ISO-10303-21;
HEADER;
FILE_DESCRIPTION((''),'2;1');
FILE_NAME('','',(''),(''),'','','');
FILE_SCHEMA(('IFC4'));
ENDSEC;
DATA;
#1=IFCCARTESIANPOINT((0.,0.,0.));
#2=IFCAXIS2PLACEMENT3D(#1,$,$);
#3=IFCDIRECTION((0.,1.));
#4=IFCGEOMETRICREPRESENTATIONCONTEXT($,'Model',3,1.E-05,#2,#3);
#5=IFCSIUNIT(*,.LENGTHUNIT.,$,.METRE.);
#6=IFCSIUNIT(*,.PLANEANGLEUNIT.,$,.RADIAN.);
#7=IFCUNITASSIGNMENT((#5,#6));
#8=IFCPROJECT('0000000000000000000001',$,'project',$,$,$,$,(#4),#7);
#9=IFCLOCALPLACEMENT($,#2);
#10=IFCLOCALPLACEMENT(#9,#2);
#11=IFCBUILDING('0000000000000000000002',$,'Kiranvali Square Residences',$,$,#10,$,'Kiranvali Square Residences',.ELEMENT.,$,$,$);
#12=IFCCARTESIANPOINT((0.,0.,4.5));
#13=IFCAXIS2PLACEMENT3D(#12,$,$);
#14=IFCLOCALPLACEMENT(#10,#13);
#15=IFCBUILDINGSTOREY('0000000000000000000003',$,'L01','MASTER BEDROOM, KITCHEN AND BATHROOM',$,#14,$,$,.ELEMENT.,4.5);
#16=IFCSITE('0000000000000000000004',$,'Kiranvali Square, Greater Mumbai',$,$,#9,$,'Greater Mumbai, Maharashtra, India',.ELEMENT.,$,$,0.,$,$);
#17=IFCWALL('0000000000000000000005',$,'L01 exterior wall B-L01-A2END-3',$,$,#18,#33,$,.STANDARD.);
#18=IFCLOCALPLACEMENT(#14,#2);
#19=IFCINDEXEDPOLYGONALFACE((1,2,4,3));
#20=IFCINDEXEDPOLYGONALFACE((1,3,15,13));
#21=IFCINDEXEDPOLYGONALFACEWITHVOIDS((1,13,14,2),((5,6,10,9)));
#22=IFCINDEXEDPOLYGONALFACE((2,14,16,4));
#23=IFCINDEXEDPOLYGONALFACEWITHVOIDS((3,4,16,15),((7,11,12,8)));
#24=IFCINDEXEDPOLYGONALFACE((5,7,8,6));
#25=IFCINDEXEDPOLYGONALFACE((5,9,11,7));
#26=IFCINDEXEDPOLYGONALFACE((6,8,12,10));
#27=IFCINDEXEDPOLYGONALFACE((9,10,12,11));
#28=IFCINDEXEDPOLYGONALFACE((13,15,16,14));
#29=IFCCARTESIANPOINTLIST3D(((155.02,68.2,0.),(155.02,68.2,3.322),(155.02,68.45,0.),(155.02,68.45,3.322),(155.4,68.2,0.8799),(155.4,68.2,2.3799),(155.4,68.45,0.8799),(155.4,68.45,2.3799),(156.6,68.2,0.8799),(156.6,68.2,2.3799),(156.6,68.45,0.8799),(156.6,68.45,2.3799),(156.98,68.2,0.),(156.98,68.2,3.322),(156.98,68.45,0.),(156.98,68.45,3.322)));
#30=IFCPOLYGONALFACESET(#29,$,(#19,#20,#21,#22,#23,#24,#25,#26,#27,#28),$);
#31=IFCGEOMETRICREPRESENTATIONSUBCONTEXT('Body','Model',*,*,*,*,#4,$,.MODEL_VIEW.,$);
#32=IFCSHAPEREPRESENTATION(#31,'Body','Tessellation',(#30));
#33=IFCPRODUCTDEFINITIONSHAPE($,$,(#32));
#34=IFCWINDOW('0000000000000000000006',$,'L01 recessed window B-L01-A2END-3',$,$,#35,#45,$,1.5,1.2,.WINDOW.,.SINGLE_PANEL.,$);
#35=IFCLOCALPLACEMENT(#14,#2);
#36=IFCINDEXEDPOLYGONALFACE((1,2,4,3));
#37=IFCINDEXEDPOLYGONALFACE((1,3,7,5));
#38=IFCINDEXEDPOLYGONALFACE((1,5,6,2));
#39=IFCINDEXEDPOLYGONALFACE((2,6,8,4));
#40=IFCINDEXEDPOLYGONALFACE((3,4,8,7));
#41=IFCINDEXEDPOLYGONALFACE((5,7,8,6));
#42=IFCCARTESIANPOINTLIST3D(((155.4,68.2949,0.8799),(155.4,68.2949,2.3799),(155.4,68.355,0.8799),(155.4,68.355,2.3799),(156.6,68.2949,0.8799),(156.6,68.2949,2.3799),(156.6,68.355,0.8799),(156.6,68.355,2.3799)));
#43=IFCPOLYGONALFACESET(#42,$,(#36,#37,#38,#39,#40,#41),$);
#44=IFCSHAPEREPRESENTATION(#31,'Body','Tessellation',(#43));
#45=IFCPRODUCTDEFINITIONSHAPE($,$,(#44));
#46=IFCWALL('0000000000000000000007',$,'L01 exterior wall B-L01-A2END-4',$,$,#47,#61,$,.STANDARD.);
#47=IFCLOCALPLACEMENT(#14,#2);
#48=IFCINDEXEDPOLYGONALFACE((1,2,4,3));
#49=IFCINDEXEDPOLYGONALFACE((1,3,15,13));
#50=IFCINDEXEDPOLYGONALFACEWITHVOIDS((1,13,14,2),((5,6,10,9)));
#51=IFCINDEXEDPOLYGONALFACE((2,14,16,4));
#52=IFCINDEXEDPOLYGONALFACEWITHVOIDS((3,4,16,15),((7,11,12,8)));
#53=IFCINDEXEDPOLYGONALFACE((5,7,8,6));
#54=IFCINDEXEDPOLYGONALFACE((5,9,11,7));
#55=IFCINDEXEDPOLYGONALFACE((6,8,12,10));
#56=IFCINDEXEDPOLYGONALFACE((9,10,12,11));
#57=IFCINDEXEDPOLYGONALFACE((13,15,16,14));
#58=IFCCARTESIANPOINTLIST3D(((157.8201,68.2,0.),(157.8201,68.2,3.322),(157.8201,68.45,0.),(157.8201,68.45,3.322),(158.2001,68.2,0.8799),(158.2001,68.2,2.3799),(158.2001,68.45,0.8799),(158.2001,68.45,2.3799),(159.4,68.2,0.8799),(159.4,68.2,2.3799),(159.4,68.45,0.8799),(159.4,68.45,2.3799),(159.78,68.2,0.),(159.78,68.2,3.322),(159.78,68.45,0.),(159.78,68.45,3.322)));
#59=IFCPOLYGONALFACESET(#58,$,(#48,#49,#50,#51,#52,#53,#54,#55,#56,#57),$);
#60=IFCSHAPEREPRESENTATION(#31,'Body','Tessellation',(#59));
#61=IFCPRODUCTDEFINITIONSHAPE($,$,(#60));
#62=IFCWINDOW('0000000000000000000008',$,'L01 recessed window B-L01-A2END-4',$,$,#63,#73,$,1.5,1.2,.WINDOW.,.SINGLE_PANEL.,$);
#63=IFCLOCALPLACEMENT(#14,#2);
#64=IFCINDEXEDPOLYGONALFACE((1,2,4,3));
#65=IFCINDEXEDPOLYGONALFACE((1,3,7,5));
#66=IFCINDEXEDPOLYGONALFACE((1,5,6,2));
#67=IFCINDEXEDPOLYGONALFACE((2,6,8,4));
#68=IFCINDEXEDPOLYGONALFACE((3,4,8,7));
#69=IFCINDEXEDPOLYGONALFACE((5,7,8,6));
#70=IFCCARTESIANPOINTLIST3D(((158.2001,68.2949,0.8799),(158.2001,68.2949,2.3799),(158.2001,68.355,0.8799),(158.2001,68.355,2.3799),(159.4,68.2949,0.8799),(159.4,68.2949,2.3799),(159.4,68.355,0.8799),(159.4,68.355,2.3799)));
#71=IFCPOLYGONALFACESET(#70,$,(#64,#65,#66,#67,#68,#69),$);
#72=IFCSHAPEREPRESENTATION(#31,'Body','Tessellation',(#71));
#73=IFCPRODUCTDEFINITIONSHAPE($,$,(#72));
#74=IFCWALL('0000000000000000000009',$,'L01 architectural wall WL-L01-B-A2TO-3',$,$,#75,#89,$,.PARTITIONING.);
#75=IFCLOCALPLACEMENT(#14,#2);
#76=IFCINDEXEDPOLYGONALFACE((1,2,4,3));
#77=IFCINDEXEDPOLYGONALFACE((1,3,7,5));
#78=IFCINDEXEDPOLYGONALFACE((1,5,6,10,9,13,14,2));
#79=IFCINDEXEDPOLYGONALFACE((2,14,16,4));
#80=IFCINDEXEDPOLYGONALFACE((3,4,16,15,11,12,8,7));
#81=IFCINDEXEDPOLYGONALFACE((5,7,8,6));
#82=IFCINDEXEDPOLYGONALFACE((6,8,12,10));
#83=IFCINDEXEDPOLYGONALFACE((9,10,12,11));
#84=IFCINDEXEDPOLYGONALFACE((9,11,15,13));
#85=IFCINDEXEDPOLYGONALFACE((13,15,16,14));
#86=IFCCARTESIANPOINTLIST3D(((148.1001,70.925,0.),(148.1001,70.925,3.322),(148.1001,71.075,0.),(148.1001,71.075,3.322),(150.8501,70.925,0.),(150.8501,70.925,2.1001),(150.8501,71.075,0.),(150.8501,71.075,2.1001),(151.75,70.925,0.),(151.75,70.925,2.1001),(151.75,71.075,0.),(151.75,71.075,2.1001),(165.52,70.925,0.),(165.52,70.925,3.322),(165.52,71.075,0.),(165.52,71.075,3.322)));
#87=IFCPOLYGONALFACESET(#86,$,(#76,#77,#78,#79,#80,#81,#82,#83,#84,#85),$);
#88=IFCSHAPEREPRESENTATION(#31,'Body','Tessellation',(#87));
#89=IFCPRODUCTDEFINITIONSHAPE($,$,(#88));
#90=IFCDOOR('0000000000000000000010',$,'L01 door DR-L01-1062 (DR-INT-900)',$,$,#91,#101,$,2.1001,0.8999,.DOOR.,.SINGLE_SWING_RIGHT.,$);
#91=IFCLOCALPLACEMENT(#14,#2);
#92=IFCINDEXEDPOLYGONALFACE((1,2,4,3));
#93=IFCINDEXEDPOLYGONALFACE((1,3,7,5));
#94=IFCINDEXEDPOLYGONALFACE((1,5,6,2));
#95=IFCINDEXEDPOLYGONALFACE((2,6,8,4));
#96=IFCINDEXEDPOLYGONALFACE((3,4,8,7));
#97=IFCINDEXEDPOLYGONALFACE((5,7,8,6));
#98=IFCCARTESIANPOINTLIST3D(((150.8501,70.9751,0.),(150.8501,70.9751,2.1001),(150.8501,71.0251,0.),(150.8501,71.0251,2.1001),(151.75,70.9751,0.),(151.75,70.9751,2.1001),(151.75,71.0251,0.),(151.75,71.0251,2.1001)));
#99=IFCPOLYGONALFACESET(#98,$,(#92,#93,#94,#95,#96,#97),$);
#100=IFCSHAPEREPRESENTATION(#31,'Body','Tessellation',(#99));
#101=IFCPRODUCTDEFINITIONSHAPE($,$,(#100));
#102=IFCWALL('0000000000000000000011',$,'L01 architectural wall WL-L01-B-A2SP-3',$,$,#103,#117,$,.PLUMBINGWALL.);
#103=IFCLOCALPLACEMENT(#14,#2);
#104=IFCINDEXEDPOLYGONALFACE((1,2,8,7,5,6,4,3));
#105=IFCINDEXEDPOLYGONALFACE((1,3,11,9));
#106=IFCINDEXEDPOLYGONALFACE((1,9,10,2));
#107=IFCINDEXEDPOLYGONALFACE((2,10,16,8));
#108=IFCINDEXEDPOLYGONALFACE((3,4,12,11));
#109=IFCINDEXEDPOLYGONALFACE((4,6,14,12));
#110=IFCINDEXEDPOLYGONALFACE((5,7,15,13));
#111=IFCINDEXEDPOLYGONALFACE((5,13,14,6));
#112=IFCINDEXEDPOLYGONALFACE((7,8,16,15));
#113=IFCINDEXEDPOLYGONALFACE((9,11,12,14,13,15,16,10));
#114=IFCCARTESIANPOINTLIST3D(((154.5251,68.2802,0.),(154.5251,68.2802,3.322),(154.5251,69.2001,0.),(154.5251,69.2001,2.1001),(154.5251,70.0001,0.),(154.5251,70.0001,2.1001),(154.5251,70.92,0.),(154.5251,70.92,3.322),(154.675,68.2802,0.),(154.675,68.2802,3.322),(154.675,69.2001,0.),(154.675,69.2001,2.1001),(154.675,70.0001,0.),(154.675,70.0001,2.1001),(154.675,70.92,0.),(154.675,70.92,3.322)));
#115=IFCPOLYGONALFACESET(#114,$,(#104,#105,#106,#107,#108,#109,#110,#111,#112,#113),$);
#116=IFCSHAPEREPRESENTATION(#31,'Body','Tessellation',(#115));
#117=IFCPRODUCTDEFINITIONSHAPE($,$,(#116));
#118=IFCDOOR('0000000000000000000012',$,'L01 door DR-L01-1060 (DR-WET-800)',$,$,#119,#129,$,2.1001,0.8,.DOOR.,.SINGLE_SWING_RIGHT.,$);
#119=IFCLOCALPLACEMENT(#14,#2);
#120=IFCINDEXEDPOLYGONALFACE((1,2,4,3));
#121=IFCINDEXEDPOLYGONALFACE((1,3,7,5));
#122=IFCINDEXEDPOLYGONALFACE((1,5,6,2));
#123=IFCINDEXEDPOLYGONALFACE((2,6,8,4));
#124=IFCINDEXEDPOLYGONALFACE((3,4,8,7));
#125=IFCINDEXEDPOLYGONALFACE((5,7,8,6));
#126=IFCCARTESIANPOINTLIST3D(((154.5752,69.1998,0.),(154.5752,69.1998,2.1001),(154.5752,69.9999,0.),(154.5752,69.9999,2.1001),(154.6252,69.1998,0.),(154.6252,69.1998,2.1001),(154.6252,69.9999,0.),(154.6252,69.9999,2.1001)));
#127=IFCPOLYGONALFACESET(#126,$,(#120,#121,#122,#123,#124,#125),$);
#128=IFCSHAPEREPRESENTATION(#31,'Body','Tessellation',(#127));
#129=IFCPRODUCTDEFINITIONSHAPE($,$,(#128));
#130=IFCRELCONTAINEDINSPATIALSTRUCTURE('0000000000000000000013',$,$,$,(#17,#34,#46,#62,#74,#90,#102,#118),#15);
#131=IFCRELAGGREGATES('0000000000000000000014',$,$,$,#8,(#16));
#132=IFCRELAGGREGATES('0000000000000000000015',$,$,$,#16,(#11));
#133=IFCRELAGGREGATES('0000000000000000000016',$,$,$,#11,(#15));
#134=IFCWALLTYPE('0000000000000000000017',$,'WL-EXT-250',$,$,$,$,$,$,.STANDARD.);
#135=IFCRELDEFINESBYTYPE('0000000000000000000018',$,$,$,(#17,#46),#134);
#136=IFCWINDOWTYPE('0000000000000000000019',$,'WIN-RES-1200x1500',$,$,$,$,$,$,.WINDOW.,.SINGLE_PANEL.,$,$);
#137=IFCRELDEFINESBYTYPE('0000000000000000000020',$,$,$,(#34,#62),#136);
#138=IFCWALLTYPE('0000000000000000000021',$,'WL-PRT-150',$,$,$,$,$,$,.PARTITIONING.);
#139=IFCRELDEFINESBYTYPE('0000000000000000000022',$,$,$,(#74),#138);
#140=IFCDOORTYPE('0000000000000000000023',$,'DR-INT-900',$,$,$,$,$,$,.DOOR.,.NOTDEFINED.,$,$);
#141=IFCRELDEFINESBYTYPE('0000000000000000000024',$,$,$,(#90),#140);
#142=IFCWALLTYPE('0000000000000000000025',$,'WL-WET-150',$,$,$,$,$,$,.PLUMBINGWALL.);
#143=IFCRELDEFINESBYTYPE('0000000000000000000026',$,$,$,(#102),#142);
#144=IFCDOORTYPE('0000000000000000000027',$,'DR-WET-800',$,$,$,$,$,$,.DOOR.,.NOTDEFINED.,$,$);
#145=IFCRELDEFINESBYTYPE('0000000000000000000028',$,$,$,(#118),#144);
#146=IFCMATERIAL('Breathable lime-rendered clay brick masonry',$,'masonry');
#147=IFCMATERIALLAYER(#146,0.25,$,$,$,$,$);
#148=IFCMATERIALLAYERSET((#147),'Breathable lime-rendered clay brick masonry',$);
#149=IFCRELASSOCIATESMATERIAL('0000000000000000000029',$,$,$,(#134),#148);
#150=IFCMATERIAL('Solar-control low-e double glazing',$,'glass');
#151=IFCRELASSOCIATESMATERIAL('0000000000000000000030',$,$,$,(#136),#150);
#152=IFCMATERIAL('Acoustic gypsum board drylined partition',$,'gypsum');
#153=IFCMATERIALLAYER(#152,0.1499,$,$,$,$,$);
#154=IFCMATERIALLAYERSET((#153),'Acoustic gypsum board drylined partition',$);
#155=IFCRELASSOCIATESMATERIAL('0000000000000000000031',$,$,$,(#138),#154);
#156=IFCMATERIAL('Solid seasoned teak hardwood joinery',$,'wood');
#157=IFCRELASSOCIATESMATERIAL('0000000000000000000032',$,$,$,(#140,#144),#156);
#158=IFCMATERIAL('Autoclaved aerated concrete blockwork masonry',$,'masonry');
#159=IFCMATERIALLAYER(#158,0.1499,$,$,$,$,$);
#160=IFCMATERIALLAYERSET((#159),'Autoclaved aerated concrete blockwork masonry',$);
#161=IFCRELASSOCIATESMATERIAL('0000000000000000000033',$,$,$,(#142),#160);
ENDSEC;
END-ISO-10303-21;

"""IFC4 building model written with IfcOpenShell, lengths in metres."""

from ifc_helpers import new_model, si_unit, direction, frame, frame_2d, origin, place, context, subcontext, project, spatial, rectangle, extrude, material, layer, layer_set, type_object, element, fill, save


model = new_model("IFC4")

# Units and contexts
model_context = context("Model", 3, precision=1e-05, world=origin(), true_north=direction((0.0, 1.0)))
body_context = subcontext(model_context, "Body", "Model", "MODEL_VIEW")
ifc_project = project(units=[si_unit("LENGTHUNIT", "METRE"), si_unit("PLANEANGLEUNIT", "RADIAN")], contexts=[model_context])

# Site, building, storey
site_placement = place(None, origin())
site = spatial("IfcSite", under=ifc_project, at=site_placement, Name="Kiranvali Square, Greater Mumbai", LongName="Greater Mumbai, Maharashtra, India", CompositionType="ELEMENT", RefElevation=0.0)
building_placement = place(site_placement, origin())
building = spatial("IfcBuilding", under=site, at=building_placement, Name="Kiranvali Square Residences", LongName="Kiranvali Square Residences", CompositionType="ELEMENT")
storey_placement = place(building_placement, frame((0.0, 0.0, 4.5)))
storey = spatial("IfcBuildingStorey", under=building, at=storey_placement, Name="L01", Description="MASTER BEDROOM, KITCHEN AND BATHROOM", CompositionType="ELEMENT", Elevation=4.5)

# Walls, openings, windows
ifc_material_1 = material(Name="Breathable lime-rendered clay brick masonry", Category="masonry")
ifc_layer_1 = layer(ifc_material_1, 0.25)
ifc_layer_set_1 = layer_set([ifc_layer_1], Name="Breathable lime-rendered clay brick masonry")
wall_type_1 = type_object("IfcWallType", Name="WL-EXT-250", PredefinedType="STANDARD", material=ifc_layer_set_1)
ifc_material_2 = material(Name="Solar-control low-e double glazing", Category="glass")
wall_1_placement = place(storey_placement, frame((155.02, 68.325, 0.0), z_axis=(0.0, 0.0, 1.0), x_axis=(1.0, 0.0, 0.0)))
wall_1 = element("IfcWall", 1, at=wall_1_placement, inside=storey, type_object=wall_type_1, Name="L01 exterior wall B-L01-A2END-3", PredefinedType="STANDARD", context=body_context, shape_type="SweptSolid", body=[
    extrude(rectangle(XDim=1.96, YDim=0.25, at=frame_2d((0.98, 0.0))), origin(), (0.0, 0.0, 1.0), 3.322),
])
opening_1_placement = place(wall_1_placement, frame((0.3799, 0.0, 0.8799)))
opening_1 = element("IfcOpeningElement", 2, at=opening_1_placement, cuts=wall_1, PredefinedType="OPENING", context=body_context, shape_type="SweptSolid", body=[
    extrude(rectangle(XDim=1.2, YDim=1.5, at=frame_2d((0.6001, 0.75))), frame((0.0, 0.135, 0.0), z_axis=(0.0, -1.0, 0.0), x_axis=(1.0, 0.0, 0.0)), (0.0, 0.0, 1.0), 0.27),
])
window_type_1 = type_object("IfcWindowType", Name="WIN-RES-1200x1500", PartitioningType="SINGLE_PANEL", PredefinedType="WINDOW", material=ifc_material_2)
window_1_placement = place(opening_1_placement, origin())
window_1 = element("IfcWindow", 3, at=window_1_placement, inside=storey, type_object=window_type_1, Name="L01 recessed window B-L01-A2END-3", OverallHeight=1.5, OverallWidth=1.2, PartitioningType="SINGLE_PANEL", PredefinedType="WINDOW", context=body_context, shape_type="SweptSolid", body=[
    extrude(rectangle(XDim=1.2, YDim=1.5, at=frame_2d((0.6001, 0.75))), frame((0.0, 0.03, 0.0), z_axis=(0.0, -1.0, 0.0), x_axis=(1.0, 0.0, 0.0)), (0.0, 0.0, 1.0), 0.0601),
])
fill(opening_1, window_1)
wall_2_placement = place(storey_placement, frame((157.8201, 68.325, 0.0), z_axis=(0.0, 0.0, 1.0), x_axis=(1.0, 0.0, 0.0)))
wall_2 = element("IfcWall", 4, at=wall_2_placement, inside=storey, type_object=wall_type_1, Name="L01 exterior wall B-L01-A2END-4", PredefinedType="STANDARD", context=body_context, shape_type="SweptSolid", body=[
    extrude(rectangle(XDim=1.96, YDim=0.25, at=frame_2d((0.98, 0.0))), origin(), (0.0, 0.0, 1.0), 3.322),
])
opening_2_placement = place(wall_2_placement, frame((0.3799, 0.0, 0.8799)))
opening_2 = element("IfcOpeningElement", 5, at=opening_2_placement, cuts=wall_2, PredefinedType="OPENING", context=body_context, shape_type="SweptSolid", body=[
    extrude(rectangle(XDim=1.2, YDim=1.5, at=frame_2d((0.6001, 0.75))), frame((0.0, 0.135, 0.0), z_axis=(0.0, -1.0, 0.0), x_axis=(1.0, 0.0, 0.0)), (0.0, 0.0, 1.0), 0.27),
])
window_2_placement = place(opening_2_placement, origin())
window_2 = element("IfcWindow", 6, at=window_2_placement, inside=storey, type_object=window_type_1, Name="L01 recessed window B-L01-A2END-4", OverallHeight=1.5, OverallWidth=1.2, PartitioningType="SINGLE_PANEL", PredefinedType="WINDOW", context=body_context, shape_type="SweptSolid", body=[
    extrude(rectangle(XDim=1.2, YDim=1.5, at=frame_2d((0.6001, 0.75))), frame((0.0, 0.03, 0.0), z_axis=(0.0, -1.0, 0.0), x_axis=(1.0, 0.0, 0.0)), (0.0, 0.0, 1.0), 0.0601),
])
fill(opening_2, window_2)

# Walls, openings, doors
ifc_material_3 = material(Name="Acoustic gypsum board drylined partition", Category="gypsum")
ifc_layer_2 = layer(ifc_material_3, 0.1499)
ifc_layer_set_2 = layer_set([ifc_layer_2], Name="Acoustic gypsum board drylined partition")
wall_type_2 = type_object("IfcWallType", Name="WL-PRT-150", PredefinedType="PARTITIONING", material=ifc_layer_set_2)
wall_3_placement = place(storey_placement, frame((148.1001, 71.0, 0.0), z_axis=(0.0, 0.0, 1.0), x_axis=(1.0, 0.0, 0.0)))
wall_3 = element("IfcWall", 7, at=wall_3_placement, inside=storey, type_object=wall_type_2, Name="L01 architectural wall WL-L01-B-A2TO-3", PredefinedType="PARTITIONING", context=body_context, shape_type="SweptSolid", body=[
    extrude(rectangle(XDim=17.4199, YDim=0.1499, at=frame_2d((8.71, 0.0))), origin(), (0.0, 0.0, 1.0), 3.322),
])
opening_3_placement = place(wall_3_placement, frame((2.75, 0.0, 0.0)))
opening_3 = element("IfcOpeningElement", 8, at=opening_3_placement, cuts=wall_3, PredefinedType="OPENING", context=body_context, shape_type="SweptSolid", body=[
    extrude(rectangle(XDim=0.8999, YDim=2.1001, at=frame_2d((0.45, 1.05))), frame((0.0, 0.085, 0.0), z_axis=(0.0, -1.0, 0.0), x_axis=(1.0, 0.0, 0.0)), (0.0, 0.0, 1.0), 0.1699),
])
ifc_material_4 = material(Name="Solid seasoned teak hardwood joinery", Category="wood")
door_type_1 = type_object("IfcDoorType", Name="DR-INT-900", OperationType="NOTDEFINED", PredefinedType="DOOR", material=ifc_material_4)
door_1_placement = place(opening_3_placement, frame((0.8999, 0.0, 0.0), z_axis=(0.0, 0.0, 1.0), x_axis=(-1.0, 0.0, 0.0)))
door_1 = element("IfcDoor", 9, at=door_1_placement, inside=storey, type_object=door_type_1, Name="L01 door DR-L01-1062 (DR-INT-900)", OperationType="SINGLE_SWING_RIGHT", OverallHeight=2.1001, OverallWidth=0.8999, PredefinedType="DOOR", context=body_context, shape_type="SweptSolid", body=[
    extrude(rectangle(XDim=0.8999, YDim=2.1001, at=frame_2d((0.45, 1.05))), frame((0.0, 0.0249, 0.0), z_axis=(0.0, -1.0, 0.0), x_axis=(1.0, 0.0, 0.0)), (0.0, 0.0, 1.0), 0.05),
])
fill(opening_3, door_1)
ifc_material_5 = material(Name="Autoclaved aerated concrete blockwork masonry", Category="masonry")
ifc_layer_3 = layer(ifc_material_5, 0.1499)
ifc_layer_set_3 = layer_set([ifc_layer_3], Name="Autoclaved aerated concrete blockwork masonry")
wall_type_3 = type_object("IfcWallType", Name="WL-WET-150", PredefinedType="PLUMBINGWALL", material=ifc_layer_set_3)
wall_4_placement = place(storey_placement, frame((154.6001, 70.9199, 0.0), z_axis=(0.0, 0.0, 1.0), x_axis=(0.0, -1.0, 0.0)))
wall_4 = element("IfcWall", 10, at=wall_4_placement, inside=storey, type_object=wall_type_3, Name="L01 architectural wall WL-L01-B-A2SP-3", PredefinedType="PLUMBINGWALL", context=body_context, shape_type="SweptSolid", body=[
    extrude(rectangle(XDim=2.6399, YDim=0.1499, at=frame_2d((1.3198, 0.0))), origin(), (0.0, 0.0, 1.0), 3.322),
])
opening_4_placement = place(wall_4_placement, frame((0.9199, 0.0, 0.0)))
opening_4 = element("IfcOpeningElement", 11, at=opening_4_placement, cuts=wall_4, PredefinedType="OPENING", context=body_context, shape_type="SweptSolid", body=[
    extrude(rectangle(XDim=0.8, YDim=2.1001, at=frame_2d((0.3999, 1.05))), frame((0.0, 0.085, 0.0), z_axis=(0.0, -1.0, 0.0), x_axis=(1.0, 0.0, 0.0)), (0.0, 0.0, 1.0), 0.1699),
])
door_type_2 = type_object("IfcDoorType", Name="DR-WET-800", OperationType="NOTDEFINED", PredefinedType="DOOR", material=ifc_material_4)
door_2_placement = place(opening_4_placement, frame((0.8, 0.0, 0.0), z_axis=(0.0, 0.0, 1.0), x_axis=(-1.0, 0.0, 0.0)))
door_2 = element("IfcDoor", 12, at=door_2_placement, inside=storey, type_object=door_type_2, Name="L01 door DR-L01-1060 (DR-WET-800)", OperationType="SINGLE_SWING_RIGHT", OverallHeight=2.1001, OverallWidth=0.8, PredefinedType="DOOR", context=body_context, shape_type="SweptSolid", body=[
    extrude(rectangle(XDim=0.8, YDim=2.1001, at=frame_2d((0.3999, 1.05))), frame((0.0, 0.0249, 0.0), z_axis=(0.0, -1.0, 0.0), x_axis=(1.0, 0.0, 0.0)), (0.0, 0.0, 1.0), 0.05),
])
fill(opening_4, door_2)

save(model, "model.ifc")
